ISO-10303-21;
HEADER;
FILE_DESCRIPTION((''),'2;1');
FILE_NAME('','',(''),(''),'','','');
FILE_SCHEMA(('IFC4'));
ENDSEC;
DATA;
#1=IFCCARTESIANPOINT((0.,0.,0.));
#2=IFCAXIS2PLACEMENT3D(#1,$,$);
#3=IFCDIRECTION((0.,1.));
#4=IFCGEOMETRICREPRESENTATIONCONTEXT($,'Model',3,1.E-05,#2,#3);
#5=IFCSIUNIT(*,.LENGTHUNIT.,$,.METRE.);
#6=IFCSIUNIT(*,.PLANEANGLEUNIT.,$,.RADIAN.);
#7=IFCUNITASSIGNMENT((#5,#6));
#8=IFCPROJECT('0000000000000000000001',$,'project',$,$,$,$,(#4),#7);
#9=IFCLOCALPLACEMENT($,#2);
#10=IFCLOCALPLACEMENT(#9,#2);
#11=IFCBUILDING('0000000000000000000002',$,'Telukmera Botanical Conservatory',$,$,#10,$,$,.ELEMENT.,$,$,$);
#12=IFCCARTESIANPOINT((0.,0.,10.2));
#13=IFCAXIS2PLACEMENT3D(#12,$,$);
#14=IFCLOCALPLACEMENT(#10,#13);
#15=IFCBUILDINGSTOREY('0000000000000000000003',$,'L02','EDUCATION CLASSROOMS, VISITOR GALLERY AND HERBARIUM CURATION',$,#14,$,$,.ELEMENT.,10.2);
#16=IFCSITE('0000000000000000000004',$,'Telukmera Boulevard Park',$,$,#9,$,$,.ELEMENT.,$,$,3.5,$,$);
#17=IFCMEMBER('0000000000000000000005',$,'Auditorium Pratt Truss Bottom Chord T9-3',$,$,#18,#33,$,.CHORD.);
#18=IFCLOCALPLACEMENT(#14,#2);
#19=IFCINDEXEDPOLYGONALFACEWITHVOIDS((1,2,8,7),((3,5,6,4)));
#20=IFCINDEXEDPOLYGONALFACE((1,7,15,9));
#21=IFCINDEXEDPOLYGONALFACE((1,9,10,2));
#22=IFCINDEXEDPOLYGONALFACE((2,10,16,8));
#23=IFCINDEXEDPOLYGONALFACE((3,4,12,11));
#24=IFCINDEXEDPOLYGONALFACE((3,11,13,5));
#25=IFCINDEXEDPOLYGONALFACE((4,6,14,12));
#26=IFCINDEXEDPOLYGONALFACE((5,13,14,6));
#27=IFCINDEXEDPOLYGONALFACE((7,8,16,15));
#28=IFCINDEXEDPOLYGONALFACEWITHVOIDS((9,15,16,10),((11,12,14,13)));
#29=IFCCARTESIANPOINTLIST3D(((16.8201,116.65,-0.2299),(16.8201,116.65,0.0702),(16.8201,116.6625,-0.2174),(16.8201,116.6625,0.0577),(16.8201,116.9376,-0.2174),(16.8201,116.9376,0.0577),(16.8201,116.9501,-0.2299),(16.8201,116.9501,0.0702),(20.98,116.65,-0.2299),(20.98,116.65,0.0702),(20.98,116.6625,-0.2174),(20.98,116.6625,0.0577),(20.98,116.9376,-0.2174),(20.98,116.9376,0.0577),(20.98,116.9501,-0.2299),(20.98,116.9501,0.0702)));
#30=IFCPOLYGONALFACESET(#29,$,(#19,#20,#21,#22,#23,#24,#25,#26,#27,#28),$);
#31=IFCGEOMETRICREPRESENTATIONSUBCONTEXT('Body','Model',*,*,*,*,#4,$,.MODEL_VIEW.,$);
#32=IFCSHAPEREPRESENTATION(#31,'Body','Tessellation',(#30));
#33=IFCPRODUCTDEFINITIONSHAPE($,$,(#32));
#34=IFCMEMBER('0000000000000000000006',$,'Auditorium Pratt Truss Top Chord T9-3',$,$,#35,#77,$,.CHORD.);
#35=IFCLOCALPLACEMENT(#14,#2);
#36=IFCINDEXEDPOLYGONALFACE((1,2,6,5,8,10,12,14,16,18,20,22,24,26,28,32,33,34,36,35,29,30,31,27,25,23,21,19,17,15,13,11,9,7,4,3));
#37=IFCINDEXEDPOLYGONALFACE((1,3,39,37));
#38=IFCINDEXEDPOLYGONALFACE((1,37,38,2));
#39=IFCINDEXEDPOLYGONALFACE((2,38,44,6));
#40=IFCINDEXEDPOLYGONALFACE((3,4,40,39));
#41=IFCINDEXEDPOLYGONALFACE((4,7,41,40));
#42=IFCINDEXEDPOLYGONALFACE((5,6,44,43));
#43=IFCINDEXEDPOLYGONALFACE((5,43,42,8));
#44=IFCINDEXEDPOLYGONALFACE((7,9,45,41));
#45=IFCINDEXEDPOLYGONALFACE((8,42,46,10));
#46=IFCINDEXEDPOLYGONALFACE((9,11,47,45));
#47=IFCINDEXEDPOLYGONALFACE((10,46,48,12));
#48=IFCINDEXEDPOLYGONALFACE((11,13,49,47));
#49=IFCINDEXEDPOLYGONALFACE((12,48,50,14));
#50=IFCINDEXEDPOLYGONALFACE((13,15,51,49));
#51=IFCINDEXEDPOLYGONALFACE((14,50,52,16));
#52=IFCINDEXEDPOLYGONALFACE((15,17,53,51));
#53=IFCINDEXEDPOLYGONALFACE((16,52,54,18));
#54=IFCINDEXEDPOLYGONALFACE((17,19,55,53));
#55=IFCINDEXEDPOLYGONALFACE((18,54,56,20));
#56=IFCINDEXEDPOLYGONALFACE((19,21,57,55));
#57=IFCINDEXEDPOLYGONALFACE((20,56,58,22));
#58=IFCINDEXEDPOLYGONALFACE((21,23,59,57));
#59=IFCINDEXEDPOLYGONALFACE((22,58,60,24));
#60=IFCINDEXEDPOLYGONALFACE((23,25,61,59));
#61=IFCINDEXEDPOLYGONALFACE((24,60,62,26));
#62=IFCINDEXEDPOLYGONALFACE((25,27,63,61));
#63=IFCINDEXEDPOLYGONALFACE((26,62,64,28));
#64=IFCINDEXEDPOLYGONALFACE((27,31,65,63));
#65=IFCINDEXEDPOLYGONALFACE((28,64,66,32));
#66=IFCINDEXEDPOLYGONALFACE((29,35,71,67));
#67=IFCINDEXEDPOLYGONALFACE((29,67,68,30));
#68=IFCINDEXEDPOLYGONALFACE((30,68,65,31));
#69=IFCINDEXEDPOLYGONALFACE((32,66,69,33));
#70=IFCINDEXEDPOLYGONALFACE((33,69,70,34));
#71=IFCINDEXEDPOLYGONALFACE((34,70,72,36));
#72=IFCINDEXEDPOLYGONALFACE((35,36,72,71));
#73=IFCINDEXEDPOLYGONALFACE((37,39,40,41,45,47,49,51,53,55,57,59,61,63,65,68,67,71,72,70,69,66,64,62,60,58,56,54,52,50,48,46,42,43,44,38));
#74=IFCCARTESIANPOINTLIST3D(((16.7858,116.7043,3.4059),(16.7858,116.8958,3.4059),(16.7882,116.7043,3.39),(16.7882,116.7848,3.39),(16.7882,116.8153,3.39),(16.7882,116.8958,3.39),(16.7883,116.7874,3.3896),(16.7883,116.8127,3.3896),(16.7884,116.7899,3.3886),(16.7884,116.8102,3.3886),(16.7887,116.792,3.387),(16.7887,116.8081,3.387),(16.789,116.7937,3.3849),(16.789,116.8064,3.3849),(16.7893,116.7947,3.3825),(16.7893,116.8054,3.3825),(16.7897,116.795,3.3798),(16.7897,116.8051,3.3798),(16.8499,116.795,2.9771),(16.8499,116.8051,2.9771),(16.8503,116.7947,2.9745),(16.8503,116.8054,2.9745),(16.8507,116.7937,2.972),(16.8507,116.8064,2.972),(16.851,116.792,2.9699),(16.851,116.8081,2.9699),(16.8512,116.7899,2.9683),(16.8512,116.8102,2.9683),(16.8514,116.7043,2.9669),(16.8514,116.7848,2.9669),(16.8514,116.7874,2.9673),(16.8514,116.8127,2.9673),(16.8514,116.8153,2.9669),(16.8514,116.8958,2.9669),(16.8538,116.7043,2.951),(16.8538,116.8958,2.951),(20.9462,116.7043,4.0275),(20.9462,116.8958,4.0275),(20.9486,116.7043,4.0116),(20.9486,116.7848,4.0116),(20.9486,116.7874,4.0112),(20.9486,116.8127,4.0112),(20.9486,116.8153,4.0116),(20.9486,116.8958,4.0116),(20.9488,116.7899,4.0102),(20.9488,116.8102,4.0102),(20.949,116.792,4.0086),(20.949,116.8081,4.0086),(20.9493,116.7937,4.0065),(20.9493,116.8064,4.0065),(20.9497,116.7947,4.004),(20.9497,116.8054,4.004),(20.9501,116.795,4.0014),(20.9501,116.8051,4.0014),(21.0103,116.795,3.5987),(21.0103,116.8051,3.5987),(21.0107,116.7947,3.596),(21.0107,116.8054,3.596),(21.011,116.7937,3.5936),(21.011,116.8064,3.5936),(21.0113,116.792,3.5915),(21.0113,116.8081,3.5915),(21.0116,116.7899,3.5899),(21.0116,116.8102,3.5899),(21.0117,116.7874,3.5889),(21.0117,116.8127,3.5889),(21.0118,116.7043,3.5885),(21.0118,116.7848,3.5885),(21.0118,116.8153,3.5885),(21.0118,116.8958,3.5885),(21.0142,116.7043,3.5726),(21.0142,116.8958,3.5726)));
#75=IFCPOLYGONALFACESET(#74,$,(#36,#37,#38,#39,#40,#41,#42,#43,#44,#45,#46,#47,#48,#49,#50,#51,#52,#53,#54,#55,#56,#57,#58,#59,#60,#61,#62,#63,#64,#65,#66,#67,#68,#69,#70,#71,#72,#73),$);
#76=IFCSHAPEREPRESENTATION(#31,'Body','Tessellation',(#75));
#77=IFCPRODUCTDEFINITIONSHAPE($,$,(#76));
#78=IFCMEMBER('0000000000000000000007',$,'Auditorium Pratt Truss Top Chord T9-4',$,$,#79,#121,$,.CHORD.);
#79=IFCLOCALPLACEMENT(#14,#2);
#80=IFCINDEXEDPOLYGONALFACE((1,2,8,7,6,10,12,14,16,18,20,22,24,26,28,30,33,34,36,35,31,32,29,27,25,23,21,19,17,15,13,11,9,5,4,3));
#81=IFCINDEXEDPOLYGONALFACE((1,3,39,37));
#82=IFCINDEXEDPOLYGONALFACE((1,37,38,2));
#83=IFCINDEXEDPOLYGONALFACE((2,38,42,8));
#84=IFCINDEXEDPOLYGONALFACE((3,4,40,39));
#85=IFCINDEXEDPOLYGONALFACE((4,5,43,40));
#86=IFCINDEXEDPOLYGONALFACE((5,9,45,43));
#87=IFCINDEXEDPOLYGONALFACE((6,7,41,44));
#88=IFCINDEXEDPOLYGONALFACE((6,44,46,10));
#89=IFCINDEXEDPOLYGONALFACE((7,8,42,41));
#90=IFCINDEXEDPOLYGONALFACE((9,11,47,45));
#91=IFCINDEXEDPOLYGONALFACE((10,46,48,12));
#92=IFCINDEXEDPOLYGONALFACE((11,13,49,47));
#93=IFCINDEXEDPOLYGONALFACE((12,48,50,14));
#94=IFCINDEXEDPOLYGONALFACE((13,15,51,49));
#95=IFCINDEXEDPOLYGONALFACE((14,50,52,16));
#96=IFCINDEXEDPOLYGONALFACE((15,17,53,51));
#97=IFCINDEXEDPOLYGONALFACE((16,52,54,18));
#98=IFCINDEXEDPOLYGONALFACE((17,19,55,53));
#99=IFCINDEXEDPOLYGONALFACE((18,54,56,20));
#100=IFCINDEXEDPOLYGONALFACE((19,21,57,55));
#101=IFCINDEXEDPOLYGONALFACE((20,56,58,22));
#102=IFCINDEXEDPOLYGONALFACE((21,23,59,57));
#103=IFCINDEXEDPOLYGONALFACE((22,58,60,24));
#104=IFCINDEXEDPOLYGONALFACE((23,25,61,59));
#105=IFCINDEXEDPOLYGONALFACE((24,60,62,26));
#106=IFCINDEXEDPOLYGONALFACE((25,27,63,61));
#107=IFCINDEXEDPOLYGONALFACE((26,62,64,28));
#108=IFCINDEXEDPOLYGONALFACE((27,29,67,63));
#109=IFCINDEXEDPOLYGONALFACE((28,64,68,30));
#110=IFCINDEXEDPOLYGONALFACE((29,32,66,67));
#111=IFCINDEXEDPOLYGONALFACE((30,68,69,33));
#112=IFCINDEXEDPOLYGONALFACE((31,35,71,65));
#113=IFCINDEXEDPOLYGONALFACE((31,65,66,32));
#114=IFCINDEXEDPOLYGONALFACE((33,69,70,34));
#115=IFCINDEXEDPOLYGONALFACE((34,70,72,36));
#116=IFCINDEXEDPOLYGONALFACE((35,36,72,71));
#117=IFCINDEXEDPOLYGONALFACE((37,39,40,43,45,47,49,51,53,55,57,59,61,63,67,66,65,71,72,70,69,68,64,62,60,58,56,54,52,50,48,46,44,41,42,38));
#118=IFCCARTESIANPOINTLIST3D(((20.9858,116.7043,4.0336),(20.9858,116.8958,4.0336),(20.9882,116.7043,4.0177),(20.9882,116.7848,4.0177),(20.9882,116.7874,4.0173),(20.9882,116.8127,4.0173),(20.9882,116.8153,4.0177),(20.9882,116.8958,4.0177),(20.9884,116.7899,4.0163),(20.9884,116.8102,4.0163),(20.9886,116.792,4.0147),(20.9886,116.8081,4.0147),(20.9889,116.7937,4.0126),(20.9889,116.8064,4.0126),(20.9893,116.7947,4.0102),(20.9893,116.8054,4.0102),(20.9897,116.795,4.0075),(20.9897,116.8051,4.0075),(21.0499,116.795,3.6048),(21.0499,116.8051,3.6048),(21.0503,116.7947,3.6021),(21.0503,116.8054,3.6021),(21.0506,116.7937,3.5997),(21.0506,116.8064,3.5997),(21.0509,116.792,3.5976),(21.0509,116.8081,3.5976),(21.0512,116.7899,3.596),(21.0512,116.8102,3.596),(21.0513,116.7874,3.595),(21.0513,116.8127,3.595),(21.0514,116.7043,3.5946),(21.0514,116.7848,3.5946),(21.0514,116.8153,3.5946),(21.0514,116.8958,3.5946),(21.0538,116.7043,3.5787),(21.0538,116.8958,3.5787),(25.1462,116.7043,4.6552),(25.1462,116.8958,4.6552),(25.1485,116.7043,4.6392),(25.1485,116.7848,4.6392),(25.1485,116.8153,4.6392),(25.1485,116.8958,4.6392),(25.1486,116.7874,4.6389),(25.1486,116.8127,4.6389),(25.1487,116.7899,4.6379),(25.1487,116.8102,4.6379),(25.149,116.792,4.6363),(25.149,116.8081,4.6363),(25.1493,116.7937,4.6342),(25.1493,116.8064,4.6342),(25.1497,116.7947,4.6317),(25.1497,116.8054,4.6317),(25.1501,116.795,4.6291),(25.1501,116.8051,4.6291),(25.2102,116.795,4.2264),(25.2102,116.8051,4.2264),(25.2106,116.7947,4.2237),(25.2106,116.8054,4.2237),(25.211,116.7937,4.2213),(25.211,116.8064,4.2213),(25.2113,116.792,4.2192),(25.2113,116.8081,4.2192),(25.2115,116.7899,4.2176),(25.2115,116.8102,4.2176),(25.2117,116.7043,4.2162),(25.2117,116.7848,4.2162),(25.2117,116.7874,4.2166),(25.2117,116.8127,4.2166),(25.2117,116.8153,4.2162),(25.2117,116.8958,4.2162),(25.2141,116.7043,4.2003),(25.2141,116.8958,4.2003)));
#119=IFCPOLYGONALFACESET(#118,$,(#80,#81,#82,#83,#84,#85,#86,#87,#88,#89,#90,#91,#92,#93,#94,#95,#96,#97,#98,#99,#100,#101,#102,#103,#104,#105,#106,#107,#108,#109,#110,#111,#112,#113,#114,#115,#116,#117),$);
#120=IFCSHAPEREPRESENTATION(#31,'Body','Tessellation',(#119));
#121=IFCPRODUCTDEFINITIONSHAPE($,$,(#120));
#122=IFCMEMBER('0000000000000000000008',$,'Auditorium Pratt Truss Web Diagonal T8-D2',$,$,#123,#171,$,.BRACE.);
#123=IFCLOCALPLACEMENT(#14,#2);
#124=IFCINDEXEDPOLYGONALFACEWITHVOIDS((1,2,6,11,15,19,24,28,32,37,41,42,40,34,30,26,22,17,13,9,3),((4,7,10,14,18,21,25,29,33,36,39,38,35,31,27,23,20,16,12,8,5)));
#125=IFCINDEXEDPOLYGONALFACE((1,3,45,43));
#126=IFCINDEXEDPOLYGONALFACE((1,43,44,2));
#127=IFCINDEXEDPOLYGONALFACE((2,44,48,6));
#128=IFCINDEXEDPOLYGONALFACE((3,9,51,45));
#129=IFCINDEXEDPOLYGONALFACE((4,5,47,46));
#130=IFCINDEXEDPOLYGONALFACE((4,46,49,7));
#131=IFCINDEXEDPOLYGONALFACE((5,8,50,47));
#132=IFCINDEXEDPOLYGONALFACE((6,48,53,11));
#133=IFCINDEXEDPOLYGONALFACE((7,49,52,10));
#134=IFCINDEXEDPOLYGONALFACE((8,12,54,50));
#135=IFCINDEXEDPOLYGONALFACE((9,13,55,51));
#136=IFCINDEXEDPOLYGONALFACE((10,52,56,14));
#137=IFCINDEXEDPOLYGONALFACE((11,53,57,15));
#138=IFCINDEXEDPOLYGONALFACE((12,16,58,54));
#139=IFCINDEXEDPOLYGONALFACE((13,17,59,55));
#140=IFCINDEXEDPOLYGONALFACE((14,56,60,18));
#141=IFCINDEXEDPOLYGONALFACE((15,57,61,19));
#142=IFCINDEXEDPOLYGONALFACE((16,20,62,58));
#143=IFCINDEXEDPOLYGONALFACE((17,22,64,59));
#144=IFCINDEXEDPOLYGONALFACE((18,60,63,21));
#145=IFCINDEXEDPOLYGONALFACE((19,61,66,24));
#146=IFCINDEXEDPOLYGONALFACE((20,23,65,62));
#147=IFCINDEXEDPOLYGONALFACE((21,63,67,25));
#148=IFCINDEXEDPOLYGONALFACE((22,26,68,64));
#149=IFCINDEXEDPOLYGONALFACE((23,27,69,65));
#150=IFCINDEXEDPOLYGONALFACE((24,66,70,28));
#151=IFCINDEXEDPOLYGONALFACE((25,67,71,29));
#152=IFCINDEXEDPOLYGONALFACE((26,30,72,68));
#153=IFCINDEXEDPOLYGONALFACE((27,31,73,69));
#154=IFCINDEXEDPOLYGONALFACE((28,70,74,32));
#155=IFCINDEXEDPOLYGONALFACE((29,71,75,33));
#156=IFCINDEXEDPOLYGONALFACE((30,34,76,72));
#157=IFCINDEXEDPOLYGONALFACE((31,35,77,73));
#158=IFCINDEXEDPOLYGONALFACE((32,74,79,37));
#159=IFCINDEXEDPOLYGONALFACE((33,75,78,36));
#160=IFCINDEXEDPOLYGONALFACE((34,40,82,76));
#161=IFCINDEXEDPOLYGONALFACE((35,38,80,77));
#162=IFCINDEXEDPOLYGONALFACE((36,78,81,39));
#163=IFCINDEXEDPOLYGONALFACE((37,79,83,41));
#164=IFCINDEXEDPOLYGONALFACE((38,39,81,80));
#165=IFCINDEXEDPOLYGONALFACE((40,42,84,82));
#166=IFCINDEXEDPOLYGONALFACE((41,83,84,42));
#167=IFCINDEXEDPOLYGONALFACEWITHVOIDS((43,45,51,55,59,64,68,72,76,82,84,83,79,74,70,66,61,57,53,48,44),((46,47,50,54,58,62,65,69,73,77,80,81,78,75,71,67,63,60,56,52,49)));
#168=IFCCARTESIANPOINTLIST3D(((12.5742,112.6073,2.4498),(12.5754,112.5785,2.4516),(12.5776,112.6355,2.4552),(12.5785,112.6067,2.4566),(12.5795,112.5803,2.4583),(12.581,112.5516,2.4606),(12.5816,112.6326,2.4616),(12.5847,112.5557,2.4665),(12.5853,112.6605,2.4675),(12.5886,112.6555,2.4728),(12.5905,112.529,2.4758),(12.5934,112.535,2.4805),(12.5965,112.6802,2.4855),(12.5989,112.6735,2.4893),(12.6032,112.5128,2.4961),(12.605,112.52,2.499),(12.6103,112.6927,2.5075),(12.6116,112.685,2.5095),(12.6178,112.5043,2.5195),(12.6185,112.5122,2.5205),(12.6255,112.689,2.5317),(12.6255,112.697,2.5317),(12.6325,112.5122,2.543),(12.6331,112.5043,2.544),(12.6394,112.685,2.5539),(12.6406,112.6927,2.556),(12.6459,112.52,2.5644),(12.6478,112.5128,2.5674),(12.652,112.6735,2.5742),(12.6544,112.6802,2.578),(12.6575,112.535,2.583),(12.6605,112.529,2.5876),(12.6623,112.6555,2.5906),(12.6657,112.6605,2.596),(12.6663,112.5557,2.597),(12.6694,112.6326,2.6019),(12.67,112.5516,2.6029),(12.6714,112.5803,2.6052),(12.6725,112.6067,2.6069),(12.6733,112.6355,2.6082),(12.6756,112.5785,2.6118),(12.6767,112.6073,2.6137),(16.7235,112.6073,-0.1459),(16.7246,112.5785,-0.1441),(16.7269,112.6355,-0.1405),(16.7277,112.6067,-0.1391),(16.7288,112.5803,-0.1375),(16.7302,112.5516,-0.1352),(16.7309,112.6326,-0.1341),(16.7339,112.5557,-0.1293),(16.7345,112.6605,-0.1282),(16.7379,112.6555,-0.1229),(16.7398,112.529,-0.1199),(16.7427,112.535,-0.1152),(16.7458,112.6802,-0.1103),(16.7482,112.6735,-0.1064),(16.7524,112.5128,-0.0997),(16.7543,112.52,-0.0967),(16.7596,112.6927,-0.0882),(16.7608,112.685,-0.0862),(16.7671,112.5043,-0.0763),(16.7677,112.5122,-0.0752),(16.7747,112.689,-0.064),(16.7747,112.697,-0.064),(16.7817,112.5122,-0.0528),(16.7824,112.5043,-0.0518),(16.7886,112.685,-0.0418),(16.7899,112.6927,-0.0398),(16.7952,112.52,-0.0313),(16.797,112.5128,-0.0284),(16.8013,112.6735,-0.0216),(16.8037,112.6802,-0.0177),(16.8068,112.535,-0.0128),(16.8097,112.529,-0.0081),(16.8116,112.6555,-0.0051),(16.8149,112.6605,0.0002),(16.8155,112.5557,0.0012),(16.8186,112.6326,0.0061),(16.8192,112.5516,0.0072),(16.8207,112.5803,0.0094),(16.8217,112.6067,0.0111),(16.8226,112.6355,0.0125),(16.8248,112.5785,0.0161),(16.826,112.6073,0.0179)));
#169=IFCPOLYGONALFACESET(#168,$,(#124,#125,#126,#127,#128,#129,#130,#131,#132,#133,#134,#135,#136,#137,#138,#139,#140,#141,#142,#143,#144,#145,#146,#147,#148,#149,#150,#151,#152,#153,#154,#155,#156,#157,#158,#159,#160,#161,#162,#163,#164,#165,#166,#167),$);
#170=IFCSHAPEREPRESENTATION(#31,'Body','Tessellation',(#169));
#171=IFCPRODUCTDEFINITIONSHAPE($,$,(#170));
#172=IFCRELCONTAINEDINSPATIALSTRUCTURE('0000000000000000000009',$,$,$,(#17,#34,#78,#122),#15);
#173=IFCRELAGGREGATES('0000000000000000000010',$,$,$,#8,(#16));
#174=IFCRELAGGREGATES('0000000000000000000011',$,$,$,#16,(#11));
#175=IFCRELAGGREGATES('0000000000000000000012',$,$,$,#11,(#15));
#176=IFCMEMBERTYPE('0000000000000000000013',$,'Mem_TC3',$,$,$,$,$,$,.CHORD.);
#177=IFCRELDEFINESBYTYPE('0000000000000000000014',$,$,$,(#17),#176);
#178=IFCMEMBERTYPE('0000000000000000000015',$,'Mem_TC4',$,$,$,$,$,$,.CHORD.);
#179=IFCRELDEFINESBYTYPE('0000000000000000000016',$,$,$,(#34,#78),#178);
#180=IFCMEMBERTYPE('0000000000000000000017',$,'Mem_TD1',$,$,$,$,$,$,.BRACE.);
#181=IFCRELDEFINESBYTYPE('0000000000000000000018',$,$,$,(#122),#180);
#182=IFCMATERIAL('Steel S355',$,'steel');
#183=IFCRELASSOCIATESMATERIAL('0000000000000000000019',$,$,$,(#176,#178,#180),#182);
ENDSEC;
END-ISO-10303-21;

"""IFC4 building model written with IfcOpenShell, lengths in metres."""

from ifc_helpers import new_model, si_unit, direction, frame, origin, origin_2d, place, context, subcontext, project, spatial, hollow_rectangle, hollow_circle, i_section, extrude, material, material_profile, profile_set, type_object, element, save


model = new_model("IFC4")

# Units and contexts
model_context = context("Model", 3, precision=1e-05, world=origin(), true_north=direction((0.0, 1.0)))
body_context = subcontext(model_context, "Body", "Model", "MODEL_VIEW")
ifc_project = project(units=[si_unit("LENGTHUNIT", "METRE"), si_unit("PLANEANGLEUNIT", "RADIAN")], contexts=[model_context])

# Site, building, storey
site_placement = place(None, origin())
site = spatial("IfcSite", under=ifc_project, at=site_placement, Name="Telukmera Boulevard Park", CompositionType="ELEMENT", RefElevation=3.5)
building_placement = place(site_placement, origin())
building = spatial("IfcBuilding", under=site, at=building_placement, Name="Telukmera Botanical Conservatory", CompositionType="ELEMENT")
storey_placement = place(building_placement, frame((0.0, 0.0, 10.2)))
storey = spatial("IfcBuildingStorey", under=building, at=storey_placement, Name="L02", Description="EDUCATION CLASSROOMS, VISITOR GALLERY AND HERBARIUM CURATION", CompositionType="ELEMENT", Elevation=10.2)

# Members
ifc_material_1 = material(Name="Steel S355", Category="steel")
ifc_material_profile_1 = material_profile(ifc_material_1, hollow_rectangle(XDim=0.3, YDim=0.3, WallThickness=0.0125, at=origin_2d()), Name="SHS 300x300x12.5")
ifc_profile_set_1 = profile_set([ifc_material_profile_1], Name="Steel S355")
member_type_1 = type_object("IfcMemberType", Name="Mem_TC3", PredefinedType="CHORD", material=ifc_profile_set_1)
for number, where, z_axis, x_axis, name in (
    (1, (16.8201, 116.8, -0.0798), (1.0, 0.0, 0.0), (0.0, 1.0, 0.0), "Auditorium Pratt Truss Bottom Chord T9-3"),
):
    element("IfcMember", number, at=place(storey_placement, frame(where, z_axis=z_axis, x_axis=x_axis)), inside=storey, type_object=member_type_1, Name=name, PredefinedType="CHORD", context=body_context, shape_type="SweptSolid", body=[
        extrude(hollow_rectangle(XDim=0.3, YDim=0.3, WallThickness=0.0125, at=origin_2d()), origin(), (0.0, 0.0, 1.0), 4.1599),
    ])
ifc_material_profile_2 = material_profile(ifc_material_1, i_section(OverallWidth=0.1914, OverallDepth=0.46, WebThickness=0.01, FlangeThickness=0.0161, FilletRadius=0.0103, at=origin_2d()), Name="UB 457x191x82")
ifc_profile_set_2 = profile_set([ifc_material_profile_2], Name="Steel S355")
member_type_2 = type_object("IfcMemberType", Name="Mem_TC4", PredefinedType="CHORD", material=ifc_profile_set_2)
for number, where, z_axis, x_axis, name in (
    (2, (16.8198, 116.8, 3.1785), (0.989023, 0.0, 0.147764), (0.0, 1.0, 0.0), "Auditorium Pratt Truss Top Chord T9-3"),
    (3, (21.0198, 116.8, 3.8062), (0.989023, 0.0, 0.147764), (0.0, 1.0, 0.0), "Auditorium Pratt Truss Top Chord T9-4"),
):
    element("IfcMember", number, at=place(storey_placement, frame(where, z_axis=z_axis, x_axis=x_axis)), inside=storey, type_object=member_type_2, Name=name, PredefinedType="CHORD", context=body_context, shape_type="SweptSolid", body=[
        extrude(i_section(OverallWidth=0.1914, OverallDepth=0.46, WebThickness=0.01, FlangeThickness=0.0161, FilletRadius=0.0103, at=origin_2d()), origin(), (0.0, 0.0, 1.0), 4.2065),
    ])
ifc_material_profile_3 = material_profile(ifc_material_1, hollow_circle(Radius=0.0969, WallThickness=0.0081, at=origin_2d()), Name="CHS 193.7x8.0")
ifc_profile_set_3 = profile_set([ifc_material_profile_3], Name="Steel S355")
member_type_3 = type_object("IfcMemberType", Name="Mem_TD1", PredefinedType="BRACE", material=ifc_profile_set_3)
for number, where, z_axis, x_axis, name in (
    (4, (12.6255, 112.6001, 2.5317), (0.847771, 0.0, -0.530362), (0.0, 1.0, 0.0), "Auditorium Pratt Truss Web Diagonal T8-D2"),
):
    element("IfcMember", number, at=place(storey_placement, frame(where, z_axis=z_axis, x_axis=x_axis)), inside=storey, type_object=member_type_3, Name=name, PredefinedType="BRACE", context=body_context, shape_type="SweptSolid", body=[
        extrude(hollow_circle(Radius=0.0969, WallThickness=0.0081, at=origin_2d()), origin(), (0.0, 0.0, 1.0), 4.8943),
    ])

save(model, "model.ifc")
